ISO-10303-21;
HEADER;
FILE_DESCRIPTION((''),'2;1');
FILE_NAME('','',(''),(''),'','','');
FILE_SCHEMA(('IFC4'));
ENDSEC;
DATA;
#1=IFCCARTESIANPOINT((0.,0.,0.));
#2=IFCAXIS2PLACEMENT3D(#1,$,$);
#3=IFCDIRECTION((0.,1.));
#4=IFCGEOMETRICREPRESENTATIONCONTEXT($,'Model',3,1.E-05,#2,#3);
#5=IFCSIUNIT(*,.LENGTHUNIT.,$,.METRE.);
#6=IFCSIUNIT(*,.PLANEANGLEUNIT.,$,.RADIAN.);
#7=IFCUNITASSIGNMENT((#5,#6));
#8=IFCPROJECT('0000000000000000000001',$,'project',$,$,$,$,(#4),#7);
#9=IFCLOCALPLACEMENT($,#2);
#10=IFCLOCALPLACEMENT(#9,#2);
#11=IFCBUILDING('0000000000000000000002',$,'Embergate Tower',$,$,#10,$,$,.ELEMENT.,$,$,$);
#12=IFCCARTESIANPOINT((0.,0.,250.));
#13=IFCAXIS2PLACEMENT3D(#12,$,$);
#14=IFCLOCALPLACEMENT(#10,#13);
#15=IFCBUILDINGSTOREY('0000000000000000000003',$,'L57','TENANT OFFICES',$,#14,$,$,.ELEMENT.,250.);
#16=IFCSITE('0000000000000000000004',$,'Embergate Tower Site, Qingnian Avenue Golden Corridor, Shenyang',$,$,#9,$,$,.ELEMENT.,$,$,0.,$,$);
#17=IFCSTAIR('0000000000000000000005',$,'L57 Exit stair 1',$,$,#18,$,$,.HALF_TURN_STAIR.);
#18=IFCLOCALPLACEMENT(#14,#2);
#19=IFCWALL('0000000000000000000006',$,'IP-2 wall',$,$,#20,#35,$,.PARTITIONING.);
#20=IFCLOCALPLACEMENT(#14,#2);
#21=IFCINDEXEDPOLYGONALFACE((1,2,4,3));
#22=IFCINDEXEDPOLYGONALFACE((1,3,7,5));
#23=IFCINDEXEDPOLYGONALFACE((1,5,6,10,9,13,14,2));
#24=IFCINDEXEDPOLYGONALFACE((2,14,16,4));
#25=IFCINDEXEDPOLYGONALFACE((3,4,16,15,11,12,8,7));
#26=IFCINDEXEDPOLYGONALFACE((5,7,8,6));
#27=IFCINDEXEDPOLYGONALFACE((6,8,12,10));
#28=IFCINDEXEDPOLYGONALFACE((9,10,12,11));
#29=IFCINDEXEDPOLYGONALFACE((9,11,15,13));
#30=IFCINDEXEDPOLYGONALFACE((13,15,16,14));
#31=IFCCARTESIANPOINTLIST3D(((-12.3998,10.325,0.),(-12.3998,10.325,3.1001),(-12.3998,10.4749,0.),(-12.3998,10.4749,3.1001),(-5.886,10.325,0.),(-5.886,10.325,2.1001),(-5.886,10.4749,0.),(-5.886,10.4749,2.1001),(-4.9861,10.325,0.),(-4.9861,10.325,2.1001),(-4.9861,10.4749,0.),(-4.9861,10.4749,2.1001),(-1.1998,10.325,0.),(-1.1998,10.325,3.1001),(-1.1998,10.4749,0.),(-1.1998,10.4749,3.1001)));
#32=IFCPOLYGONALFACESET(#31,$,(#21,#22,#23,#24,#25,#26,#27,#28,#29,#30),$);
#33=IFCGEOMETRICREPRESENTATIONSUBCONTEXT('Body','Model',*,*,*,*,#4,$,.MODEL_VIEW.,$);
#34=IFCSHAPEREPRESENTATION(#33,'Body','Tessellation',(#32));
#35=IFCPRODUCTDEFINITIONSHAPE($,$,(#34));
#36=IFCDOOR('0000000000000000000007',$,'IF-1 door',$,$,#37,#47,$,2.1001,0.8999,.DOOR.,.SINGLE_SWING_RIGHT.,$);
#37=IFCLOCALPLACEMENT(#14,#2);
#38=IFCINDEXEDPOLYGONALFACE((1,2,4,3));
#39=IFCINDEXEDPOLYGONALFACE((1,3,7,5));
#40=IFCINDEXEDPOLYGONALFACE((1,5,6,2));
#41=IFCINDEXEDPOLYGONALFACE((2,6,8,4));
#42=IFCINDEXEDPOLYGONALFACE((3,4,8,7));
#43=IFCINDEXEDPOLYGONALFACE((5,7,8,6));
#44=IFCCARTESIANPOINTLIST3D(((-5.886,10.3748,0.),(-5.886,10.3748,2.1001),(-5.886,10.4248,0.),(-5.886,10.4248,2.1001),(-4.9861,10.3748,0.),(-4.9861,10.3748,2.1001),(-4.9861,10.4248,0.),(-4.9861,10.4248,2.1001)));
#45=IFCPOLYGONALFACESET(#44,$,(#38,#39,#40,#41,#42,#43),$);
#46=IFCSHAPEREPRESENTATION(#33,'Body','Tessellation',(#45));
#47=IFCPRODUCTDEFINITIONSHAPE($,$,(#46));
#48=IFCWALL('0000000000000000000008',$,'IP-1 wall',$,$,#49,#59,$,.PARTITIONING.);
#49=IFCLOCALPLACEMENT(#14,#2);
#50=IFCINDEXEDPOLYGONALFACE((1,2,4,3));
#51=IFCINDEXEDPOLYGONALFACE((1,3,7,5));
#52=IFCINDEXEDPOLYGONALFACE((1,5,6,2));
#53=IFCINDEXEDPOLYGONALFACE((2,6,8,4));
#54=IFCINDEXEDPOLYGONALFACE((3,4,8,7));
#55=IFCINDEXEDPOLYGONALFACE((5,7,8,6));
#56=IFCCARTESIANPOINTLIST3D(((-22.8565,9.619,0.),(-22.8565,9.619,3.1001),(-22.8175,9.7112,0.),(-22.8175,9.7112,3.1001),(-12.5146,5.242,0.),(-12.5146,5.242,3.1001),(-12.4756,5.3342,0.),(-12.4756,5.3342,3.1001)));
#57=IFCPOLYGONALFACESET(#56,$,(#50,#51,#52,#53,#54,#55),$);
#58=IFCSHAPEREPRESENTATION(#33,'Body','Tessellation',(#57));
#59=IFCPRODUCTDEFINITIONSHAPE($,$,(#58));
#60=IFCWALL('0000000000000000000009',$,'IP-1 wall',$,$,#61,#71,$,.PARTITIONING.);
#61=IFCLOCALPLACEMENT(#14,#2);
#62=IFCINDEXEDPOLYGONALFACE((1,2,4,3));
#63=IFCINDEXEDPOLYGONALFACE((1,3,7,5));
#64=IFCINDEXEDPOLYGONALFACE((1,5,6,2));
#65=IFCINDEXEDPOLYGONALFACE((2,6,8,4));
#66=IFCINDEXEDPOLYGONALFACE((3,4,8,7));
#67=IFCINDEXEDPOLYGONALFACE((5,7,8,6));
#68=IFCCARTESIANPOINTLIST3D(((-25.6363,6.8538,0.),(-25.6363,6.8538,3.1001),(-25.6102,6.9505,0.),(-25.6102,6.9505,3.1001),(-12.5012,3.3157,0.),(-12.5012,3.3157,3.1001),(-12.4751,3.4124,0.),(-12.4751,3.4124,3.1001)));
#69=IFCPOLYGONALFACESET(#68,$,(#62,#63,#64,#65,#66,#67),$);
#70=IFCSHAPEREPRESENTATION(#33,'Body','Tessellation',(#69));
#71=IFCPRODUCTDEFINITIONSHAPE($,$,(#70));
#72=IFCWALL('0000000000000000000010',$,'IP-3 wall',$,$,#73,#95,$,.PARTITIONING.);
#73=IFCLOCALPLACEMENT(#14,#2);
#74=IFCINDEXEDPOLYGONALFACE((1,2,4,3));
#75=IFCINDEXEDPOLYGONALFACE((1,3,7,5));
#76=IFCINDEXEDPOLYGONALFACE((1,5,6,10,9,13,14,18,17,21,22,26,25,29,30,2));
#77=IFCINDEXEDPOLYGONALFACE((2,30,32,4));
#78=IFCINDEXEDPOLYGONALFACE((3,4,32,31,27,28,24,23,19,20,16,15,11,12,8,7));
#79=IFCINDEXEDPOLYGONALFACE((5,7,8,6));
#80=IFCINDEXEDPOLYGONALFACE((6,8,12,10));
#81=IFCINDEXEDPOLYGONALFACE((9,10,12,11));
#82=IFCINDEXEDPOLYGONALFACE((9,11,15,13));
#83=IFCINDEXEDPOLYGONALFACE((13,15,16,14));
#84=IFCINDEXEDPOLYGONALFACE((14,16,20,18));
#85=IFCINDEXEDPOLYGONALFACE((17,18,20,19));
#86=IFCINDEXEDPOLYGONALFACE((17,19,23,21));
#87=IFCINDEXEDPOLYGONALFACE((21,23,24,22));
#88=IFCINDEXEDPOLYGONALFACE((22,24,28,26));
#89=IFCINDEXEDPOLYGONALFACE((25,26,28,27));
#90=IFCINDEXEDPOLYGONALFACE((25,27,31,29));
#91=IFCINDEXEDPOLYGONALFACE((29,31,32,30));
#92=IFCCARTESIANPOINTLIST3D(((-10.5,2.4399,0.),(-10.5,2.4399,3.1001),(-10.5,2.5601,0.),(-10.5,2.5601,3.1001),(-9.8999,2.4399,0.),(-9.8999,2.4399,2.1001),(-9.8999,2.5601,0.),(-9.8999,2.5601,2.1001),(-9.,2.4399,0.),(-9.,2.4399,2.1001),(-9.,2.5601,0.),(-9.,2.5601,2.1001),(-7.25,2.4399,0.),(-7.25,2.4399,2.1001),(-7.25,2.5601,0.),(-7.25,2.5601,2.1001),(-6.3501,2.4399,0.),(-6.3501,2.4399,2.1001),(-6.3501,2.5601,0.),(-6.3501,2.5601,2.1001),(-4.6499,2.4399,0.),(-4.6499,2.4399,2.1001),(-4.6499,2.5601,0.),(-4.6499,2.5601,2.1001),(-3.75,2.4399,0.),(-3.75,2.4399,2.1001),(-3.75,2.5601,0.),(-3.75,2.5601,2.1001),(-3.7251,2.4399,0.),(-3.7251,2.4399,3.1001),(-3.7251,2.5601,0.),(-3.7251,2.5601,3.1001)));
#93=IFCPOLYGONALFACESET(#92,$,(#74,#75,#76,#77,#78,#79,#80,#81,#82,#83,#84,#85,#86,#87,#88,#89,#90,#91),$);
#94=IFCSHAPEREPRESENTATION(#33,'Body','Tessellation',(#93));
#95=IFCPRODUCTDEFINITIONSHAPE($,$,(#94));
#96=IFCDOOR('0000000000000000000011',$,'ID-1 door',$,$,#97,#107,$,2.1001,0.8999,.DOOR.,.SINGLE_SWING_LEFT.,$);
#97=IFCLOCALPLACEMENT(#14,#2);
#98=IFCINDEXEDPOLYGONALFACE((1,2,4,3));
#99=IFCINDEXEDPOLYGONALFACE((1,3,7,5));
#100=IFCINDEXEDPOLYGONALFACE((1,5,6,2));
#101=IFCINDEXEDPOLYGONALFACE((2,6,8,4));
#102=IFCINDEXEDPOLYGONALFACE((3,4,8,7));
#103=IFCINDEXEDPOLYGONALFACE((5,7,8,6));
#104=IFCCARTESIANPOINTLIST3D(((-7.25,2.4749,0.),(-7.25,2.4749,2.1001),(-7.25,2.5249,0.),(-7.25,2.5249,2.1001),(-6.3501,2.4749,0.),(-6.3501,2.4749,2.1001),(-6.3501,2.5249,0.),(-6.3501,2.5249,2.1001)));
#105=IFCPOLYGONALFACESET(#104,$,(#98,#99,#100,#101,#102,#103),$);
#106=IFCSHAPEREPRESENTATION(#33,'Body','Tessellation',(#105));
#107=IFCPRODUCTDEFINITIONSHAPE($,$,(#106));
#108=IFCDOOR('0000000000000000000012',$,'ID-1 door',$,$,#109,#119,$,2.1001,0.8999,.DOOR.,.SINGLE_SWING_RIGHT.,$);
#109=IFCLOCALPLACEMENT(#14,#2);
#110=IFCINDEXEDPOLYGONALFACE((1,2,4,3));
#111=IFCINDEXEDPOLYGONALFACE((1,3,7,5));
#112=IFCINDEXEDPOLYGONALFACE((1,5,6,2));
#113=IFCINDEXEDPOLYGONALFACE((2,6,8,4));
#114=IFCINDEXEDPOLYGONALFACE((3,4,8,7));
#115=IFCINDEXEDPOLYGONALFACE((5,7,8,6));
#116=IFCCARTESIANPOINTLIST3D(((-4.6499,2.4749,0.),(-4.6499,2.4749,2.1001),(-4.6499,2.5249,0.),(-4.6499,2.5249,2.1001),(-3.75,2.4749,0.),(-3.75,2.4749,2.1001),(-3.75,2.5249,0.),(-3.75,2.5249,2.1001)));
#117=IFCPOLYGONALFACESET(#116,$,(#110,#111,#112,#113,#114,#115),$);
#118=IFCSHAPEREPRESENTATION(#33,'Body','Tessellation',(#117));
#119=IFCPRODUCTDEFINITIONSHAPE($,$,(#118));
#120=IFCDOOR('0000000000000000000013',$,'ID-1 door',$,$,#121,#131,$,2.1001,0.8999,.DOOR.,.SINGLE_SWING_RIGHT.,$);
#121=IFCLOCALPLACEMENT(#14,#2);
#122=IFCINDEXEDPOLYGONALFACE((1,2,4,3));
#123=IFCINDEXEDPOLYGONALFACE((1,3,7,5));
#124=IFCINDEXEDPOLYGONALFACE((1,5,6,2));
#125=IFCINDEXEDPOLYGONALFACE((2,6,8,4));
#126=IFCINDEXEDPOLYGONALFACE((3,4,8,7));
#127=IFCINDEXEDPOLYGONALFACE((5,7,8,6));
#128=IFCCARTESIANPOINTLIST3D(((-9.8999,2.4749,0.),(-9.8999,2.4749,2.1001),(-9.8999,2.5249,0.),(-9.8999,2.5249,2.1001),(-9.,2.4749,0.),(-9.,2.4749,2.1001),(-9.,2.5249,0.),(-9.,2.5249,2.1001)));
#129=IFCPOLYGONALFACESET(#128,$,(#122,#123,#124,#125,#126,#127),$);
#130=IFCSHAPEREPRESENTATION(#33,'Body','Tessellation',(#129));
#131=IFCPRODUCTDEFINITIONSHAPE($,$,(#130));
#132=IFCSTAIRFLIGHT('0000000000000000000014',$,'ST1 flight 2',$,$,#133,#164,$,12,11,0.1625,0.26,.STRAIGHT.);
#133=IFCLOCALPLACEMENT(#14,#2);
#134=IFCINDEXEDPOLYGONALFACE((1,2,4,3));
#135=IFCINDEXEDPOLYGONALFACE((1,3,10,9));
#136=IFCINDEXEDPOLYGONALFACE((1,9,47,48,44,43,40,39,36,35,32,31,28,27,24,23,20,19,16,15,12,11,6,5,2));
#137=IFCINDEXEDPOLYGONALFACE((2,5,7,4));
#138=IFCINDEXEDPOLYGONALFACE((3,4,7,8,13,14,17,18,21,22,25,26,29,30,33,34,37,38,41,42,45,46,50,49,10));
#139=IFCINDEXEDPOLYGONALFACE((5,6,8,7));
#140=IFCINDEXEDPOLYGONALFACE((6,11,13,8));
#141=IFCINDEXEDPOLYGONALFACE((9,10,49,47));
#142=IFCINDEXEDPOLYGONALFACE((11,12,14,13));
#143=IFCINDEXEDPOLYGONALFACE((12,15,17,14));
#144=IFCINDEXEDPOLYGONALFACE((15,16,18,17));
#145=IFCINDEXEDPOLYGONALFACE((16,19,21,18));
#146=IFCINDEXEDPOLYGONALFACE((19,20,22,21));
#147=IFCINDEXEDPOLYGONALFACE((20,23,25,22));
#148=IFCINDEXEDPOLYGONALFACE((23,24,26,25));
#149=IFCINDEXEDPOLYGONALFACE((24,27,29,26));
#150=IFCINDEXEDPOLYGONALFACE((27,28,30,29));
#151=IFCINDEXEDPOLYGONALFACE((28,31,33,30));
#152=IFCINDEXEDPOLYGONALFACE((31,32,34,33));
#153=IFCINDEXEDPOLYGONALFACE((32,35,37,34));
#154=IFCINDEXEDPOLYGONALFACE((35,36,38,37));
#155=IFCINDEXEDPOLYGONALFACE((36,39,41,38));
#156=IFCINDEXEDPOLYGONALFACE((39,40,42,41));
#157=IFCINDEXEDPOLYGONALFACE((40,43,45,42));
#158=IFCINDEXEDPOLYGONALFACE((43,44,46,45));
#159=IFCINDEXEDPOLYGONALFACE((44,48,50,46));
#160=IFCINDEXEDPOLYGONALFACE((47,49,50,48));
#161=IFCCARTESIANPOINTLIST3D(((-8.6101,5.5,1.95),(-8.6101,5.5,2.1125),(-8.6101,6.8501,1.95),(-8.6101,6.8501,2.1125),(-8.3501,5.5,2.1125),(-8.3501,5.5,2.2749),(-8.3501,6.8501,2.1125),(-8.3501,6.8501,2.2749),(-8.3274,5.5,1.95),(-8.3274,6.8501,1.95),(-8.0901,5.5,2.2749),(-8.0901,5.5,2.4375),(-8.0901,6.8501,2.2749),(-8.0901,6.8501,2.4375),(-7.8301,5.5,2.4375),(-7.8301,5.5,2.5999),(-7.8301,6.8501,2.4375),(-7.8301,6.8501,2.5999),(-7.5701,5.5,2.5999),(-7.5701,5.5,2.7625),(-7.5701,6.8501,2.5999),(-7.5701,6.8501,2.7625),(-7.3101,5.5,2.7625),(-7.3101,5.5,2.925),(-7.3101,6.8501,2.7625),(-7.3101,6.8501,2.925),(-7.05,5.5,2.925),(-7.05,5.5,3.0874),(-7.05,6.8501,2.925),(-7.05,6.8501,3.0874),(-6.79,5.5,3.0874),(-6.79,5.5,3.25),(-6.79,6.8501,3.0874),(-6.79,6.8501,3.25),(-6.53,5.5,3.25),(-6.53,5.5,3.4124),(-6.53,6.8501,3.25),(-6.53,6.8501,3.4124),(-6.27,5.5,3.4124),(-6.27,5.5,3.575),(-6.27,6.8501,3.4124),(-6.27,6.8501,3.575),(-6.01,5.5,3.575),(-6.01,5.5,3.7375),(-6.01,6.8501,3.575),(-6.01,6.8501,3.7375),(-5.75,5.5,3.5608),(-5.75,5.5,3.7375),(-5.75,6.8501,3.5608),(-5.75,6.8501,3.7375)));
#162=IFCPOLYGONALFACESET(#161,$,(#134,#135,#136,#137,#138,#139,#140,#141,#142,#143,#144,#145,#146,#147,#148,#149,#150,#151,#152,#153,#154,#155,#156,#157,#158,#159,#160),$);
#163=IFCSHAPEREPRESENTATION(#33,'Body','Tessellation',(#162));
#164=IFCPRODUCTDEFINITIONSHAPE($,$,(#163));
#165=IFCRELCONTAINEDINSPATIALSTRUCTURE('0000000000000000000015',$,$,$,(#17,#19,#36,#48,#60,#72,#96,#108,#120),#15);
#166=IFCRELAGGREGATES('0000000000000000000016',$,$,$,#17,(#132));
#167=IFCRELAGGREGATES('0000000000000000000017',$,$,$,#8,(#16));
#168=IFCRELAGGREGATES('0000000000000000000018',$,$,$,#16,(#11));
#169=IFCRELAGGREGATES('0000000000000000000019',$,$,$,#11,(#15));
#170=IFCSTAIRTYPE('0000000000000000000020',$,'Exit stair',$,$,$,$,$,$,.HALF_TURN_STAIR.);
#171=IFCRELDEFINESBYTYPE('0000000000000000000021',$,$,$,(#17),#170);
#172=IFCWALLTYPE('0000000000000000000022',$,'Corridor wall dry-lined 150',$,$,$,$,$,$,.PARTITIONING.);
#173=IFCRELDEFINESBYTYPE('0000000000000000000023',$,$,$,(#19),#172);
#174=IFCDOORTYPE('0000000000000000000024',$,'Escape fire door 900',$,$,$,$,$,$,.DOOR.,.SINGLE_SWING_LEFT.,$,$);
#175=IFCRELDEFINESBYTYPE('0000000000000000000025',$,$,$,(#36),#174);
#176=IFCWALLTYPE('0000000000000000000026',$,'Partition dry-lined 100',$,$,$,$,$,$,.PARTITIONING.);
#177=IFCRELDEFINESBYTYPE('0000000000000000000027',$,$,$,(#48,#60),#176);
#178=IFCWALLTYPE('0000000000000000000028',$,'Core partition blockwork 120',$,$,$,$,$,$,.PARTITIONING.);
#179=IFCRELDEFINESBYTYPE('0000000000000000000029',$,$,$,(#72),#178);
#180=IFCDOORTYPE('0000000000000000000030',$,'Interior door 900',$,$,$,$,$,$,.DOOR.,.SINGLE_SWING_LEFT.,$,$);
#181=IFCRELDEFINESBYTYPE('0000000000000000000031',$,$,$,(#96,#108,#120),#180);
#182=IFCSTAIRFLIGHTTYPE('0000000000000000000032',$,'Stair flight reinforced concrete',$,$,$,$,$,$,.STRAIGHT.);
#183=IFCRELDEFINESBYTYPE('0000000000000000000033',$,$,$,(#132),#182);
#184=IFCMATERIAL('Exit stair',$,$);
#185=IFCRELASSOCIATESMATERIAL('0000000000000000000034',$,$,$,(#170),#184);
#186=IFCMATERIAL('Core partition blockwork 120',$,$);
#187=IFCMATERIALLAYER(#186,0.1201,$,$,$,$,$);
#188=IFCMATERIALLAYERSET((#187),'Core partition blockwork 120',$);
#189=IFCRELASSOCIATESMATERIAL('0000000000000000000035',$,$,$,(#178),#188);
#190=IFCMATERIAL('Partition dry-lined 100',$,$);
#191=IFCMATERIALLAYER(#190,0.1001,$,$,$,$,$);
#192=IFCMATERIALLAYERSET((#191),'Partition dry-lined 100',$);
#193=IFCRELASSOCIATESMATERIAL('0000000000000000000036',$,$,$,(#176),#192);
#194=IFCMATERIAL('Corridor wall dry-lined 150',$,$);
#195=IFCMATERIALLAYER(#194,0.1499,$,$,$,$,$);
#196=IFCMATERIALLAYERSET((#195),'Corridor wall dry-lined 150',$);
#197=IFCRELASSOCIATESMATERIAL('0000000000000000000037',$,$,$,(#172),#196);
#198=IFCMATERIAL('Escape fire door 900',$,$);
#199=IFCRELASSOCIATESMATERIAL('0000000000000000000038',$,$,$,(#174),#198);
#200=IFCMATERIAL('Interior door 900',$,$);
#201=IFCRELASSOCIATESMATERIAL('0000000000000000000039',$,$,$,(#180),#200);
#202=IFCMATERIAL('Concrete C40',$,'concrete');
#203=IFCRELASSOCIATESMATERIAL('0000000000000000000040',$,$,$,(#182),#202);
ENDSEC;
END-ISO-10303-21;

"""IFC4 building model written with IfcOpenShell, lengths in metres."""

from ifc_helpers import new_model, si_unit, direction, frame, frame_2d, origin, place, context, subcontext, project, spatial, polyline, rectangle, outline, extrude, source, transform, mapped, material, layer, layer_set, type_object, element, fill, aggregate, save


model = new_model("IFC4")

# Units and contexts
model_context = context("Model", 3, precision=1e-05, world=origin(), true_north=direction((0.0, 1.0)))
body_context = subcontext(model_context, "Body", "Model", "MODEL_VIEW")
ifc_project = project(units=[si_unit("LENGTHUNIT", "METRE"), si_unit("PLANEANGLEUNIT", "RADIAN")], contexts=[model_context])

# Site, building, storey
site_placement = place(None, origin())
site = spatial("IfcSite", under=ifc_project, at=site_placement, Name="Embergate Tower Site, Qingnian Avenue Golden Corridor, Shenyang", CompositionType="ELEMENT", RefElevation=0.0)
building_placement = place(site_placement, origin())
building = spatial("IfcBuilding", under=site, at=building_placement, Name="Embergate Tower", CompositionType="ELEMENT")
storey_placement = place(building_placement, frame((0.0, 0.0, 250.0)))
storey = spatial("IfcBuildingStorey", under=building, at=storey_placement, Name="L57", Description="TENANT OFFICES", CompositionType="ELEMENT", Elevation=250.0)

# Stair
ifc_material_1 = material(Name="Exit stair")
stair_type = type_object("IfcStairType", Name="Exit stair", PredefinedType="HALF_TURN_STAIR", material=ifc_material_1)
stair_placement = place(storey_placement, origin())
stair = element("IfcStair", 1, at=stair_placement, inside=storey, type_object=stair_type, Name="L57 Exit stair 1", PredefinedType="HALF_TURN_STAIR")
ifc_material_2 = material(Name="Concrete C40", Category="concrete")

# Shared definitions
ifc_material_3 = material(Name="Core partition blockwork 120")
ifc_layer_1 = layer(ifc_material_3, 0.1201)
ifc_layer_set_1 = layer_set([ifc_layer_1], Name="Core partition blockwork 120")
wall_type_1 = type_object("IfcWallType", Name="Core partition blockwork 120", PredefinedType="PARTITIONING", material=ifc_layer_set_1)
ifc_material_4 = material(Name="Partition dry-lined 100")
ifc_layer_2 = layer(ifc_material_4, 0.1001)
ifc_layer_set_2 = layer_set([ifc_layer_2], Name="Partition dry-lined 100")
wall_type_2 = type_object("IfcWallType", Name="Partition dry-lined 100", PredefinedType="PARTITIONING", material=ifc_layer_set_2)
ifc_material_5 = material(Name="Corridor wall dry-lined 150")
ifc_layer_3 = layer(ifc_material_5, 0.1499)
ifc_layer_set_3 = layer_set([ifc_layer_3], Name="Corridor wall dry-lined 150")
wall_type_3 = type_object("IfcWallType", Name="Corridor wall dry-lined 150", PredefinedType="PARTITIONING", material=ifc_layer_set_3)

# Wall, opening, door
shared_shape_1 = source(origin(), body_context, "Body", "SweptSolid", [
    extrude(rectangle(XDim=11.2, YDim=0.1499, at=frame_2d((5.6001, 0.0))), origin(), (0.0, 0.0, 1.0), 3.1001),
])
wall_1_placement = place(storey_placement, frame((-12.3999, 10.3999, 0.0), z_axis=(0.0, 0.0, 1.0), x_axis=(1.0, 0.0, 0.0)))
wall_1 = element("IfcWall", 2, at=wall_1_placement, inside=storey, type_object=wall_type_3, Name="IP-2 wall", PredefinedType="PARTITIONING", context=body_context, shape_type="MappedRepresentation", body=[
    mapped(shared_shape_1, transform((0.0, 0.0, 0.0))),
])
shared_shape_2 = source(origin(), body_context, "Body", "SweptSolid", [
    extrude(rectangle(XDim=0.8999, YDim=2.1001, at=frame_2d((0.45, 1.05))), frame((0.0, 0.085, 0.0), z_axis=(0.0, -1.0, 0.0), x_axis=(1.0, 0.0, 0.0)), (0.0, 0.0, 1.0), 0.1699),
])
opening_1_placement = place(wall_1_placement, frame((6.5139, 0.0, 0.0)))
opening_1 = element("IfcOpeningElement", 3, at=opening_1_placement, cuts=wall_1, PredefinedType="OPENING", context=body_context, shape_type="MappedRepresentation", body=[
    mapped(shared_shape_2, transform((0.0, 0.0, 0.0))),
])
ifc_material_6 = material(Name="Escape fire door 900")
door_type_1 = type_object("IfcDoorType", Name="Escape fire door 900", OperationType="SINGLE_SWING_LEFT", PredefinedType="DOOR", material=ifc_material_6)
shared_shape_3 = source(origin(), body_context, "Body", "SweptSolid", [
    extrude(rectangle(XDim=0.8999, YDim=2.1001, at=frame_2d((0.45, 1.05))), frame((0.0, 0.0249, 0.0), z_axis=(0.0, -1.0, 0.0), x_axis=(1.0, 0.0, 0.0)), (0.0, 0.0, 1.0), 0.05),
])
door_1_placement = place(opening_1_placement, origin())
door_1 = element("IfcDoor", 4, at=door_1_placement, inside=storey, type_object=door_type_1, Name="IF-1 door", OperationType="SINGLE_SWING_RIGHT", OverallHeight=2.1001, OverallWidth=0.8999, PredefinedType="DOOR", context=body_context, shape_type="MappedRepresentation", body=[
    mapped(shared_shape_3, transform((0.0, 0.0, 0.0))),
])
fill(opening_1, door_1)

# Walls
shared_shape_4 = source(origin(), body_context, "Body", "SweptSolid", [
    extrude(rectangle(XDim=11.23, YDim=0.1001, at=frame_2d((5.615, 0.0))), origin(), (0.0, 0.0, 1.0), 3.1001),
])
wall_2_placement = place(storey_placement, frame((-12.4951, 5.2881, 0.0), z_axis=(0.0, 0.0, 1.0), x_axis=(-0.920917, 0.389759, 0.0)))
element("IfcWall", 5, at=wall_2_placement, inside=storey, type_object=wall_type_2, Name="IP-1 wall", PredefinedType="PARTITIONING", context=body_context, shape_type="MappedRepresentation", body=[
    mapped(shared_shape_4, transform((0.0, 0.0, 0.0))),
])
shared_shape_5 = source(origin(), body_context, "Body", "SweptSolid", [
    extrude(rectangle(XDim=13.6033, YDim=0.1001, at=frame_2d((6.8018, 0.0))), origin(), (0.0, 0.0, 1.0), 3.1001),
])
wall_3_placement = place(storey_placement, frame((-12.488, 3.364, 0.0), z_axis=(0.0, 0.0, 1.0), x_axis=(-0.965584, 0.260093, 0.0)))
element("IfcWall", 6, at=wall_3_placement, inside=storey, type_object=wall_type_2, Name="IP-1 wall", PredefinedType="PARTITIONING", context=body_context, shape_type="MappedRepresentation", body=[
    mapped(shared_shape_5, transform((0.0, 0.0, 0.0))),
])

# Wall, openings, doors
shared_shape_6 = source(origin(), body_context, "Body", "SweptSolid", [
    extrude(rectangle(XDim=6.7749, YDim=0.1201, at=frame_2d((3.3875, 0.0))), origin(), (0.0, 0.0, 1.0), 3.1001),
])
wall_4_placement = place(storey_placement, frame((-10.5, 2.5, 0.0), z_axis=(0.0, 0.0, 1.0), x_axis=(1.0, 0.0, 0.0)))
wall_4 = element("IfcWall", 7, at=wall_4_placement, inside=storey, type_object=wall_type_1, Name="IP-3 wall", PredefinedType="PARTITIONING", context=body_context, shape_type="MappedRepresentation", body=[
    mapped(shared_shape_6, transform((0.0, 0.0, 0.0))),
])
shared_shape_7 = source(origin(), body_context, "Body", "SweptSolid", [
    extrude(rectangle(XDim=0.8999, YDim=2.1001, at=frame_2d((0.45, 1.05))), frame((0.0, 0.0701, 0.0), z_axis=(0.0, -1.0, 0.0), x_axis=(1.0, 0.0, 0.0)), (0.0, 0.0, 1.0), 0.1401),
])
opening_2_placement = place(wall_4_placement, frame((3.25, 0.0, 0.0)))
opening_2 = element("IfcOpeningElement", 8, at=opening_2_placement, cuts=wall_4, PredefinedType="OPENING", context=body_context, shape_type="MappedRepresentation", body=[
    mapped(shared_shape_7, transform((0.0, 0.0, 0.0))),
])
opening_3_placement = place(wall_4_placement, frame((5.8501, 0.0, 0.0)))
opening_3 = element("IfcOpeningElement", 9, at=opening_3_placement, cuts=wall_4, PredefinedType="OPENING", context=body_context, shape_type="MappedRepresentation", body=[
    mapped(shared_shape_7, transform((0.0, 0.0, 0.0))),
])
opening_4_placement = place(wall_4_placement, frame((0.6001, 0.0, 0.0)))
opening_4 = element("IfcOpeningElement", 10, at=opening_4_placement, cuts=wall_4, PredefinedType="OPENING", context=body_context, shape_type="MappedRepresentation", body=[
    mapped(shared_shape_7, transform((0.0, 0.0, 0.0))),
])
ifc_material_7 = material(Name="Interior door 900")
door_type_2 = type_object("IfcDoorType", Name="Interior door 900", OperationType="SINGLE_SWING_LEFT", PredefinedType="DOOR", material=ifc_material_7)
door_2_placement = place(opening_2_placement, origin())
door_2 = element("IfcDoor", 11, at=door_2_placement, inside=storey, type_object=door_type_2, Name="ID-1 door", OperationType="SINGLE_SWING_LEFT", OverallHeight=2.1001, OverallWidth=0.8999, PredefinedType="DOOR", context=body_context, shape_type="MappedRepresentation", body=[
    mapped(shared_shape_3, transform((0.0, 0.0, 0.0))),
])
fill(opening_2, door_2)
door_3_placement = place(opening_3_placement, origin())
door_3 = element("IfcDoor", 12, at=door_3_placement, inside=storey, type_object=door_type_2, Name="ID-1 door", OperationType="SINGLE_SWING_RIGHT", OverallHeight=2.1001, OverallWidth=0.8999, PredefinedType="DOOR", context=body_context, shape_type="MappedRepresentation", body=[
    mapped(shared_shape_3, transform((0.0, 0.0, 0.0))),
])
fill(opening_3, door_3)
door_4_placement = place(opening_4_placement, origin())
door_4 = element("IfcDoor", 13, at=door_4_placement, inside=storey, type_object=door_type_2, Name="ID-1 door", OperationType="SINGLE_SWING_RIGHT", OverallHeight=2.1001, OverallWidth=0.8999, PredefinedType="DOOR", context=body_context, shape_type="MappedRepresentation", body=[
    mapped(shared_shape_3, transform((0.0, 0.0, 0.0))),
])
fill(opening_4, door_4)

# Stair flight
stair_flight_type = type_object("IfcStairFlightType", Name="Stair flight reinforced concrete", PredefinedType="STRAIGHT", material=ifc_material_2)
shared_shape_8 = source(origin(), body_context, "Body", "SweptSolid", [
    extrude(outline(polyline([(0.0, 0.0), (0.0, 0.1626), (0.26, 0.1626), (0.26, 0.325), (0.52, 0.325), (0.52, 0.4875), (0.78, 0.4875), (0.78, 0.6499), (1.04, 0.6499), (1.04, 0.8125), (1.3, 0.8125), (1.3, 0.9751), (1.5601, 0.9751), (1.5601, 1.1375), (1.8201, 1.1375), (1.8201, 1.3), (2.0801, 1.3), (2.0801, 1.4624), (2.3401, 1.4624), (2.3401, 1.625), (2.6001, 1.625), (2.6001, 1.7876), (2.8601, 1.7876), (2.8601, 1.95), (2.8601, 1.6108), (0.2827, 0.0), (0.0, 0.0)])), frame((0.0, 0.675, 0.0), z_axis=(0.0, -1.0, 0.0), x_axis=(1.0, 0.0, 0.0)), (0.0, 0.0, 1.0), 1.3501),
])
stair_flight_placement = place(storey_placement, frame((-8.6101, 6.175, 1.95), z_axis=(0.0, 0.0, 1.0), x_axis=(1.0, 0.0, 0.0)))
stair_flight = element("IfcStairFlight", 14, at=stair_flight_placement, type_object=stair_flight_type, Name="ST1 flight 2", NumberOfRisers=12, NumberOfTreads=11, PredefinedType="STRAIGHT", RiserHeight=0.1625, TreadLength=0.26, context=body_context, shape_type="MappedRepresentation", body=[
    mapped(shared_shape_8, transform((0.0, 0.0, 0.0))),
])
aggregate(stair, [stair_flight])

save(model, "model.ifc")
